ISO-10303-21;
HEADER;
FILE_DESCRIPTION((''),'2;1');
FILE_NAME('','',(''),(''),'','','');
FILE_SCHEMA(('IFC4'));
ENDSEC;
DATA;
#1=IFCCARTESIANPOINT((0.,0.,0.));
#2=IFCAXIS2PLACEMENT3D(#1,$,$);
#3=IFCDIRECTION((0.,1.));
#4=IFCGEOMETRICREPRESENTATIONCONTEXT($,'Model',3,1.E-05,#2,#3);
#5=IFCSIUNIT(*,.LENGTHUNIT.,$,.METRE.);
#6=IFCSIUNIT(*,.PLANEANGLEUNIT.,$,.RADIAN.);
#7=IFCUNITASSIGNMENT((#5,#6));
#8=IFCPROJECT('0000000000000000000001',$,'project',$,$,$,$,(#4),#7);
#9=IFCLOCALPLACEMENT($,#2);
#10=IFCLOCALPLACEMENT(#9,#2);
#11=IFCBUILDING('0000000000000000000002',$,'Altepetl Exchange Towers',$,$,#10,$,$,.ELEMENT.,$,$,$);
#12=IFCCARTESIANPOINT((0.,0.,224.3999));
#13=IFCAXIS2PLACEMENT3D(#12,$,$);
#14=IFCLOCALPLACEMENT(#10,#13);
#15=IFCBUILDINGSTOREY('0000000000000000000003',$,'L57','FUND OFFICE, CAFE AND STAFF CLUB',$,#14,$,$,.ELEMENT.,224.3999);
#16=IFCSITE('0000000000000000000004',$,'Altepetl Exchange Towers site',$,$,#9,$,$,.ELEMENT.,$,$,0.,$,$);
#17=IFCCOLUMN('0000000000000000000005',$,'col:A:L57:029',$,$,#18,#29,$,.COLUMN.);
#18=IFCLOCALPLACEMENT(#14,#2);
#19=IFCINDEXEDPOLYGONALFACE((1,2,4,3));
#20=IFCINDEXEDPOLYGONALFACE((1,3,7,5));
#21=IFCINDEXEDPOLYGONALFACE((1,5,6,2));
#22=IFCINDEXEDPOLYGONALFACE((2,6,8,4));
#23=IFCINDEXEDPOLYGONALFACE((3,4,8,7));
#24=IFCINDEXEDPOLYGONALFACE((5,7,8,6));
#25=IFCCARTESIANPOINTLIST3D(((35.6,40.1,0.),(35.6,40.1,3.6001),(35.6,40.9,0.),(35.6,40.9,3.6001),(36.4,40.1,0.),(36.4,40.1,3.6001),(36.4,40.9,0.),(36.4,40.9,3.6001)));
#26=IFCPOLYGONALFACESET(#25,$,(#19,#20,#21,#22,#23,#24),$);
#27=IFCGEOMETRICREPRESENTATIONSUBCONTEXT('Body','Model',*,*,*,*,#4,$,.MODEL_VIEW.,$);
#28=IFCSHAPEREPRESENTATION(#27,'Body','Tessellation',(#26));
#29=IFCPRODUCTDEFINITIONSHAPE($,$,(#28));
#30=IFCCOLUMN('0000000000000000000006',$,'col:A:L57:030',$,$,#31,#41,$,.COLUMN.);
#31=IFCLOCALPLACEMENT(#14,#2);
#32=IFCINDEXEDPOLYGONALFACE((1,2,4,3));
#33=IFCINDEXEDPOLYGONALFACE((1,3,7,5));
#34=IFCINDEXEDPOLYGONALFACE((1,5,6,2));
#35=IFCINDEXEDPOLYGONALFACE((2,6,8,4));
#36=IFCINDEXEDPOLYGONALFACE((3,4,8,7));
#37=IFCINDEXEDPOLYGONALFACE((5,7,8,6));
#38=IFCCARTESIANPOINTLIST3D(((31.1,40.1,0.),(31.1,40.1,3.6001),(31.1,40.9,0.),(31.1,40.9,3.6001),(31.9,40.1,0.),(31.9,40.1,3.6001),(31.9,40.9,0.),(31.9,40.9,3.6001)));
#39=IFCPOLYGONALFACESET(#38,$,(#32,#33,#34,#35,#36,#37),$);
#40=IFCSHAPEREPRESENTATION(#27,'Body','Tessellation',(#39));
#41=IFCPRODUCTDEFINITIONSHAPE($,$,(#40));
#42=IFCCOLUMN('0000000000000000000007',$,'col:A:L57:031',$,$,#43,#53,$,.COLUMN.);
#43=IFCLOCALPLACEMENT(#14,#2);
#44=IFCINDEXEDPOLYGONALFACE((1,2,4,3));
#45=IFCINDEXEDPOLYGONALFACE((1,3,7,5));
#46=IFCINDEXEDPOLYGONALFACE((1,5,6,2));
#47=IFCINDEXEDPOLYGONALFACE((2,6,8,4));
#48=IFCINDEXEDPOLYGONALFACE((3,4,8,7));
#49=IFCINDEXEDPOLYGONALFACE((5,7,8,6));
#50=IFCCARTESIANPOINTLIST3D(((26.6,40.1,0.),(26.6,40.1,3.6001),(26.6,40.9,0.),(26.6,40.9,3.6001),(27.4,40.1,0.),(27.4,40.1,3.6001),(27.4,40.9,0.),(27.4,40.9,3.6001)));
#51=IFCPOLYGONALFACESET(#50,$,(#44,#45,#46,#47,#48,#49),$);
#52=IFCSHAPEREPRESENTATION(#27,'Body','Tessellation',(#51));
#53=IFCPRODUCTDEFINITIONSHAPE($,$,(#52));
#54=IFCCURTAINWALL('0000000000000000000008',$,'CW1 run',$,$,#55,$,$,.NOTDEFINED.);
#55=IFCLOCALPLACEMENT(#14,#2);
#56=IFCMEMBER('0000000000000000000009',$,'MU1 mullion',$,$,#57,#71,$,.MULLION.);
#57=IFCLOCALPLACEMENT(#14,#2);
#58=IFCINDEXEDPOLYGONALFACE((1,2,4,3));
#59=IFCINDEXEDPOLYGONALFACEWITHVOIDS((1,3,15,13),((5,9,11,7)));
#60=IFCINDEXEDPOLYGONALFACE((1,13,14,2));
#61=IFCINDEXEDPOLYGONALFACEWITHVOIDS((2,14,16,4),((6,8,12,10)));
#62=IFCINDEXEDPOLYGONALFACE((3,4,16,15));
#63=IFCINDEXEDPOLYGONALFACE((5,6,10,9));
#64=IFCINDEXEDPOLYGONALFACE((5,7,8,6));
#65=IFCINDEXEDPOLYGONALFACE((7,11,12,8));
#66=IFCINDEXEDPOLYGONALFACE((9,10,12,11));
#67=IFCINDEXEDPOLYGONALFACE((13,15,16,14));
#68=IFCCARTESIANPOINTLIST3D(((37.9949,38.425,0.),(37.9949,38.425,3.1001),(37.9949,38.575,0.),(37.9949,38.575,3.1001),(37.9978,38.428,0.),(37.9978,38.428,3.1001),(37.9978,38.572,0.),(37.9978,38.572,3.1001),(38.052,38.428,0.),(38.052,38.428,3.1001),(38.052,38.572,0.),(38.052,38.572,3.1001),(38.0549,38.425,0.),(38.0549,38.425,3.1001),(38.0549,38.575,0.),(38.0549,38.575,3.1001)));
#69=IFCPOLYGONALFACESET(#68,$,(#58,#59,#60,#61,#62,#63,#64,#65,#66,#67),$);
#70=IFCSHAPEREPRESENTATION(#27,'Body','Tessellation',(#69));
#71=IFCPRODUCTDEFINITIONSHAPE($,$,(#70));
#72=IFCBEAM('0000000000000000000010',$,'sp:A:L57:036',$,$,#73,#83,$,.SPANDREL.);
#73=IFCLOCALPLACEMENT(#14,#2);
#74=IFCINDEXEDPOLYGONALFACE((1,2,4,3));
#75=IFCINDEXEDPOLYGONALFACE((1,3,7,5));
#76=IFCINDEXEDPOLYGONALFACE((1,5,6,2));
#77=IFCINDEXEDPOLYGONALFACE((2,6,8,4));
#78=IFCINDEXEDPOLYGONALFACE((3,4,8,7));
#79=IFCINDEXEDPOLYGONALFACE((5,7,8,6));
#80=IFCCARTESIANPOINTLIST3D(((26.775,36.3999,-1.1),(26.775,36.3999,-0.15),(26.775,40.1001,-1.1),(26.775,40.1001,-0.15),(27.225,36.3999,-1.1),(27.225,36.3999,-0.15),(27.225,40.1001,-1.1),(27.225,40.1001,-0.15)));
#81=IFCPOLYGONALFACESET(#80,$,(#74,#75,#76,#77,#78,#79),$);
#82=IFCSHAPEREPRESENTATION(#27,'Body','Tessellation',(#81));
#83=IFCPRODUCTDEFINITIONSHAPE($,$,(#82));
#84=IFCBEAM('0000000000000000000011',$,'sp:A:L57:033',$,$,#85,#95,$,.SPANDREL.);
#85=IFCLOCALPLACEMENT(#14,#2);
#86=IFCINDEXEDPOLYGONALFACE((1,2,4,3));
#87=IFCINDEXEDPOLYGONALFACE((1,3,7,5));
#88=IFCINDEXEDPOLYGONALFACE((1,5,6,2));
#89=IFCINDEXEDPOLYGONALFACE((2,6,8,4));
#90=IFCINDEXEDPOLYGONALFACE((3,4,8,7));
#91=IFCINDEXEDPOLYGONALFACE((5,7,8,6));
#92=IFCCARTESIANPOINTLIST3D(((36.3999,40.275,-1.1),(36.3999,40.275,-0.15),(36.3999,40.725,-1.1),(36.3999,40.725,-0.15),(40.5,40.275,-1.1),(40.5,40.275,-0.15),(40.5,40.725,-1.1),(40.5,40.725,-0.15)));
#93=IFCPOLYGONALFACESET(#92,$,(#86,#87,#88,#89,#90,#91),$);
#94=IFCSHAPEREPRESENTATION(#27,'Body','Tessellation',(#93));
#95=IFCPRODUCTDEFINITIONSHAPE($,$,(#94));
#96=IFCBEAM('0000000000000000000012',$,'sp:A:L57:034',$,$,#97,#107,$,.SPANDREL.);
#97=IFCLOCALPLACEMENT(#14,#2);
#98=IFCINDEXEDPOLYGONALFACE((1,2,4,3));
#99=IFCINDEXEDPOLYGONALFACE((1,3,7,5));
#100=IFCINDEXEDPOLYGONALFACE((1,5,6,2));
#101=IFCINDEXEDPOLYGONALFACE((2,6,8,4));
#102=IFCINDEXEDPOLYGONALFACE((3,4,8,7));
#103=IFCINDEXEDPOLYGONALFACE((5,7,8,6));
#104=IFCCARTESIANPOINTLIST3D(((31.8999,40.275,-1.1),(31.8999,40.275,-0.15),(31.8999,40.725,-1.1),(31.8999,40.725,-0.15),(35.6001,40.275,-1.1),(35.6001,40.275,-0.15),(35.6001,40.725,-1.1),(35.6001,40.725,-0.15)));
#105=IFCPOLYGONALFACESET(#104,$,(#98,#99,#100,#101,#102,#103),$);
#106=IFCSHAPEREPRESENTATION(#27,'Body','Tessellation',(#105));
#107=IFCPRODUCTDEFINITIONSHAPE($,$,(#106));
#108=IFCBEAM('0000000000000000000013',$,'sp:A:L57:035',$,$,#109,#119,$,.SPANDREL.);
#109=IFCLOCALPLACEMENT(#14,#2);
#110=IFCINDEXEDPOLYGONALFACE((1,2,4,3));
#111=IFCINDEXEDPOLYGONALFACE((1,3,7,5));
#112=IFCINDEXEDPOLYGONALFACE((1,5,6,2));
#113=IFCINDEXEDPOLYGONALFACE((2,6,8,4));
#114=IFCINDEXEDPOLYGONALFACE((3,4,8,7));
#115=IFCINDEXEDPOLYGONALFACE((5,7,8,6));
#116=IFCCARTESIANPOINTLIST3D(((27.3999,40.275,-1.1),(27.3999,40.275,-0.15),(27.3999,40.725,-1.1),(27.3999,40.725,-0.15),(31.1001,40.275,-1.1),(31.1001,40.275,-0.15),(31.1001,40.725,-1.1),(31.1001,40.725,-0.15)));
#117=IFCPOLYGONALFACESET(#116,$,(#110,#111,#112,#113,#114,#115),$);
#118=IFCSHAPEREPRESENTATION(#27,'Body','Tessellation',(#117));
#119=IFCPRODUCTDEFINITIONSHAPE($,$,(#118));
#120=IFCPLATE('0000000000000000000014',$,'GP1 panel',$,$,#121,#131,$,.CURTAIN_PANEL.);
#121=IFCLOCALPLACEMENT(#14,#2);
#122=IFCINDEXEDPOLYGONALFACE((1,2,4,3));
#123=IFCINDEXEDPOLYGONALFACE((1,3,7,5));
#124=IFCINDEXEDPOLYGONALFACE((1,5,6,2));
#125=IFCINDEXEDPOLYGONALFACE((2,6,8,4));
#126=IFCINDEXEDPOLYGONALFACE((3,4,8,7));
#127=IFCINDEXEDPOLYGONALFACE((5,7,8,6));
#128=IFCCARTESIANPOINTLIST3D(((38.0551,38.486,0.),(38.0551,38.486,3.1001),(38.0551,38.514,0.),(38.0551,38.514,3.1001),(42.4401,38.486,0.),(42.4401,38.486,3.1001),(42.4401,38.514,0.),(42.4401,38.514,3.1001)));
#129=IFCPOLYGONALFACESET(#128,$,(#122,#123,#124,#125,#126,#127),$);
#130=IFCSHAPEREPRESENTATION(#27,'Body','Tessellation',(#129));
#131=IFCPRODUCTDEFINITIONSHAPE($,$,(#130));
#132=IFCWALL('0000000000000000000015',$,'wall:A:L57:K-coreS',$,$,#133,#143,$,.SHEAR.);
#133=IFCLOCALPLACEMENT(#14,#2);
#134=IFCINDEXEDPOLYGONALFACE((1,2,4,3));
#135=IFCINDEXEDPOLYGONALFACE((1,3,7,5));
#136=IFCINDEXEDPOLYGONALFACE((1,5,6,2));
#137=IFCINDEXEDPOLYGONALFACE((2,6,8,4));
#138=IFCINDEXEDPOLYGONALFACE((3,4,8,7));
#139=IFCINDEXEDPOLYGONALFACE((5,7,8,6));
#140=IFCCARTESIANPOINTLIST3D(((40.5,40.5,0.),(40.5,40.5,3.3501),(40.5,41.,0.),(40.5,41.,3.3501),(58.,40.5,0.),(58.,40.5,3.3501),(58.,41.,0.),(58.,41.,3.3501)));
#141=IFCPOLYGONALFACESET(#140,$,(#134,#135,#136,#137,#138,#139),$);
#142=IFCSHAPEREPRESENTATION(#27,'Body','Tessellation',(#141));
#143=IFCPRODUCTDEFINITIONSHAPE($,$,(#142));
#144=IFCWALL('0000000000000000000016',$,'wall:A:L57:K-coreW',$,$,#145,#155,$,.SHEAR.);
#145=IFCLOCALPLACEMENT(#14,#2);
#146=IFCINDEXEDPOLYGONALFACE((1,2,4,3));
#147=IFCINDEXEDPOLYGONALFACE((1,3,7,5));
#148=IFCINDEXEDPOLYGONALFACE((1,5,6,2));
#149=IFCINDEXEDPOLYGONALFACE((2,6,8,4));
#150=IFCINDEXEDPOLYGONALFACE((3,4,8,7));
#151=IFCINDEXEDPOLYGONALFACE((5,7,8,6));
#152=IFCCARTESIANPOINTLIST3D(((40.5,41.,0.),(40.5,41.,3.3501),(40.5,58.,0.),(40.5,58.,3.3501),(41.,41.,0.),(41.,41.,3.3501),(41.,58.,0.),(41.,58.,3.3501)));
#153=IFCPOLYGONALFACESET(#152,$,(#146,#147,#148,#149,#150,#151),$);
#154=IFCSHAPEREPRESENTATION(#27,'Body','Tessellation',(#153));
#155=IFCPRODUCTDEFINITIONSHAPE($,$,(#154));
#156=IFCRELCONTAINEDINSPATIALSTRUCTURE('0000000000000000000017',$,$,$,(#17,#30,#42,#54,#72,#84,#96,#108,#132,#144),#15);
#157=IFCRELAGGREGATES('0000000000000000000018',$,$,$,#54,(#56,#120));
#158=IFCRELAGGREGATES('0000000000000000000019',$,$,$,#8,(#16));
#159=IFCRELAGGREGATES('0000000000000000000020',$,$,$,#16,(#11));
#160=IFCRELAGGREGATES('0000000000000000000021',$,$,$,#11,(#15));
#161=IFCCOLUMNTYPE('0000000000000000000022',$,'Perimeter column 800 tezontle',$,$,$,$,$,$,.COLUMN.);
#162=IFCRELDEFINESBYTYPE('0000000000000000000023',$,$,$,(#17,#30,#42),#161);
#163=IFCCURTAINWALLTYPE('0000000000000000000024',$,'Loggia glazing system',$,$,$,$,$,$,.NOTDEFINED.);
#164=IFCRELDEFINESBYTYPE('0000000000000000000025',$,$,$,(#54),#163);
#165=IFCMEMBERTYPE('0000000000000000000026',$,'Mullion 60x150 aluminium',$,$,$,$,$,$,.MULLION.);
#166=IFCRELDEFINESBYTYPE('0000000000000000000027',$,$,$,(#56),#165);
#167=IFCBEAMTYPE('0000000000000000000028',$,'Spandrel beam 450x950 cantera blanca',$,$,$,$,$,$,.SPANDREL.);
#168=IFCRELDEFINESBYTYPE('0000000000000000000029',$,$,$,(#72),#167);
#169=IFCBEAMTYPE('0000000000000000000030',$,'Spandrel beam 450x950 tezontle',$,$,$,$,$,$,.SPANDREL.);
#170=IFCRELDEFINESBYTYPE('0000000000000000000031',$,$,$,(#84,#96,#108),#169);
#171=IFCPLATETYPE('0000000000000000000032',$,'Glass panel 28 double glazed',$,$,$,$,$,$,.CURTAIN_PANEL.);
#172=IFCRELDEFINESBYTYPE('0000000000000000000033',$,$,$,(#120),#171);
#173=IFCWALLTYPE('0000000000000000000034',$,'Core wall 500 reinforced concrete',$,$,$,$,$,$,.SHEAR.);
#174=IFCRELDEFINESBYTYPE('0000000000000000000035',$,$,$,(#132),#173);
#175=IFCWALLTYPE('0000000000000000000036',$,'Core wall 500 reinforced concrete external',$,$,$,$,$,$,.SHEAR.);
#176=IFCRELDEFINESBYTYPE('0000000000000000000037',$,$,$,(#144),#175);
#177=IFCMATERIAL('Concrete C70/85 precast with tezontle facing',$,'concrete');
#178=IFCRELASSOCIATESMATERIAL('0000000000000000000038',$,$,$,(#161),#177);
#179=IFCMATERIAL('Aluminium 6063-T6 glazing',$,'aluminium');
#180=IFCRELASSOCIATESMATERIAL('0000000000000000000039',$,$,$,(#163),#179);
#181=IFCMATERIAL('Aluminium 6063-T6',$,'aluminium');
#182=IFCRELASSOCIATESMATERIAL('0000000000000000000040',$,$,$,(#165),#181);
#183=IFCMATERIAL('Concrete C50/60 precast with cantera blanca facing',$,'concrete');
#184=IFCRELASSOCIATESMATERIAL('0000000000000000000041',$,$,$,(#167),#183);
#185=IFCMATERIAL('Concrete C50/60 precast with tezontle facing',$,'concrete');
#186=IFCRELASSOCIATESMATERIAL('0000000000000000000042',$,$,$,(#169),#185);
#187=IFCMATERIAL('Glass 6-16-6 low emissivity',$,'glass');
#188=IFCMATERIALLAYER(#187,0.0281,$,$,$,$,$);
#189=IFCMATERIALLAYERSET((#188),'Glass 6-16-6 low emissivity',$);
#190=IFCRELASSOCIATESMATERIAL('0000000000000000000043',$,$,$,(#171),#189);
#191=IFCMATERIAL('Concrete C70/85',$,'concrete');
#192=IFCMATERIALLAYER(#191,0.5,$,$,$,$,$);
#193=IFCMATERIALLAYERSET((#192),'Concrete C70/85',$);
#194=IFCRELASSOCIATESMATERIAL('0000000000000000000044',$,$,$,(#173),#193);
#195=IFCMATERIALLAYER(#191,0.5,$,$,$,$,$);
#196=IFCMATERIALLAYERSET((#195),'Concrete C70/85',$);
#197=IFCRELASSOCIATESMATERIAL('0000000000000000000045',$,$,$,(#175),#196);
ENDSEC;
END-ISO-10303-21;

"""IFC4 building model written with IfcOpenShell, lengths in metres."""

from ifc_helpers import new_model, si_unit, direction, frame, frame_2d, origin, origin_2d, place, context, subcontext, project, spatial, rectangle, hollow_rectangle, extrude, material, layer, layer_set, material_profile, profile_set, type_object, element, aggregate, save


model = new_model("IFC4")

# Units and contexts
model_context = context("Model", 3, precision=1e-05, world=origin(), true_north=direction((0.0, 1.0)))
body_context = subcontext(model_context, "Body", "Model", "MODEL_VIEW")
ifc_project = project(units=[si_unit("LENGTHUNIT", "METRE"), si_unit("PLANEANGLEUNIT", "RADIAN")], contexts=[model_context])

# Site, building, storey
site_placement = place(None, origin())
site = spatial("IfcSite", under=ifc_project, at=site_placement, Name="Altepetl Exchange Towers site", CompositionType="ELEMENT", RefElevation=0.0)
building_placement = place(site_placement, origin())
building = spatial("IfcBuilding", under=site, at=building_placement, Name="Altepetl Exchange Towers", CompositionType="ELEMENT")
storey_placement = place(building_placement, frame((0.0, 0.0, 224.3999)))
storey = spatial("IfcBuildingStorey", under=building, at=storey_placement, Name="L57", Description="FUND OFFICE, CAFE AND STAFF CLUB", CompositionType="ELEMENT", Elevation=224.3999)

# Columns
ifc_material_1 = material(Name="Concrete C70/85 precast with tezontle facing", Category="concrete")
ifc_material_profile_1 = material_profile(ifc_material_1, rectangle(XDim=0.8, YDim=0.8, at=origin_2d()), Name="800 x 800")
ifc_profile_set_1 = profile_set([ifc_material_profile_1], Name="Concrete C70/85 precast with tezontle facing")
column_type = type_object("IfcColumnType", Name="Perimeter column 800 tezontle", PredefinedType="COLUMN", material=ifc_profile_set_1)
for number, where, name in (
    (1, (36.0, 40.5, 0.0), "col:A:L57:029"),
    (2, (31.5, 40.5, 0.0), "col:A:L57:030"),
    (3, (27.0, 40.5, 0.0), "col:A:L57:031"),
):
    element("IfcColumn", number, at=place(storey_placement, frame(where)), inside=storey, type_object=column_type, Name=name, PredefinedType="COLUMN", context=body_context, shape_type="SweptSolid", body=[
        extrude(rectangle(XDim=0.8, YDim=0.8, at=origin_2d()), origin(), (0.0, 0.0, 1.0), 3.6001),
    ])

# Curtain wall, member
ifc_material_2 = material(Name="Aluminium 6063-T6 glazing", Category="aluminium")
curtain_wall_type = type_object("IfcCurtainWallType", Name="Loggia glazing system", PredefinedType="NOTDEFINED", material=ifc_material_2)
curtain_wall_placement = place(storey_placement, origin())
curtain_wall = element("IfcCurtainWall", 4, at=curtain_wall_placement, inside=storey, type_object=curtain_wall_type, Name="CW1 run", PredefinedType="NOTDEFINED")
ifc_material_3 = material(Name="Aluminium 6063-T6", Category="aluminium")
ifc_material_profile_2 = material_profile(ifc_material_3, hollow_rectangle(XDim=0.0601, YDim=0.1499, WallThickness=0.0029, at=origin_2d()), Name="Mullion 60x150 aluminium")
ifc_profile_set_2 = profile_set([ifc_material_profile_2], Name="Aluminium 6063-T6")
member_type = type_object("IfcMemberType", Name="Mullion 60x150 aluminium", PredefinedType="MULLION", material=ifc_profile_set_2)
member_placement = place(storey_placement, frame((38.0249, 38.5, 0.0), z_axis=(0.0, 0.0, 1.0), x_axis=(-1.0, 0.0, 0.0)))
member = element("IfcMember", 5, at=member_placement, type_object=member_type, Name="MU1 mullion", PredefinedType="MULLION", context=body_context, shape_type="SweptSolid", body=[
    extrude(hollow_rectangle(XDim=0.0601, YDim=0.1499, WallThickness=0.0029, at=origin_2d()), origin(), (0.0, 0.0, 1.0), 3.1001),
])

# Beams
ifc_material_4 = material(Name="Concrete C50/60 precast with cantera blanca facing", Category="concrete")
ifc_material_profile_3 = material_profile(ifc_material_4, rectangle(XDim=0.45, YDim=0.95, at=origin_2d()), Name="450 x 950")
ifc_profile_set_3 = profile_set([ifc_material_profile_3], Name="Concrete C50/60 precast with cantera blanca facing")
beam_type_1 = type_object("IfcBeamType", Name="Spandrel beam 450x950 cantera blanca", PredefinedType="SPANDREL", material=ifc_profile_set_3)
beam_1_placement = place(storey_placement, frame((27.0, 40.1001, -0.625), z_axis=(0.0, -1.0, 0.0), x_axis=(1.0, 0.0, 0.0)))
element("IfcBeam", 6, at=beam_1_placement, inside=storey, type_object=beam_type_1, Name="sp:A:L57:036", PredefinedType="SPANDREL", context=body_context, shape_type="SweptSolid", body=[
    extrude(rectangle(XDim=0.45, YDim=0.95, at=origin_2d()), origin(), (0.0, 0.0, 1.0), 3.7002),
])
ifc_material_5 = material(Name="Concrete C50/60 precast with tezontle facing", Category="concrete")
ifc_material_profile_4 = material_profile(ifc_material_5, rectangle(XDim=0.45, YDim=0.95, at=origin_2d()), Name="450 x 950")
ifc_profile_set_4 = profile_set([ifc_material_profile_4], Name="Concrete C50/60 precast with tezontle facing")
beam_type_2 = type_object("IfcBeamType", Name="Spandrel beam 450x950 tezontle", PredefinedType="SPANDREL", material=ifc_profile_set_4)
beam_2_placement = place(storey_placement, frame((40.5, 40.5, -0.625), z_axis=(-1.0, 0.0, 0.0), x_axis=(0.0, -1.0, 0.0)))
element("IfcBeam", 7, at=beam_2_placement, inside=storey, type_object=beam_type_2, Name="sp:A:L57:033", PredefinedType="SPANDREL", context=body_context, shape_type="SweptSolid", body=[
    extrude(rectangle(XDim=0.45, YDim=0.95, at=origin_2d()), origin(), (0.0, 0.0, 1.0), 4.1001),
])
for number, where, z_axis, x_axis, name in (
    (8, (35.6001, 40.5, -0.625), (-1.0, 0.0, 0.0), (0.0, -1.0, 0.0), "sp:A:L57:034"),
    (9, (31.1001, 40.5, -0.625), (-1.0, 0.0, 0.0), (0.0, -1.0, 0.0), "sp:A:L57:035"),
):
    element("IfcBeam", number, at=place(storey_placement, frame(where, z_axis=z_axis, x_axis=x_axis)), inside=storey, type_object=beam_type_2, Name=name, PredefinedType="SPANDREL", context=body_context, shape_type="SweptSolid", body=[
        extrude(rectangle(XDim=0.45, YDim=0.95, at=origin_2d()), origin(), (0.0, 0.0, 1.0), 3.7002),
    ])

# Plate
ifc_material_6 = material(Name="Glass 6-16-6 low emissivity", Category="glass")
ifc_layer_1 = layer(ifc_material_6, 0.0281)
ifc_layer_set_1 = layer_set([ifc_layer_1], Name="Glass 6-16-6 low emissivity")
plate_type = type_object("IfcPlateType", Name="Glass panel 28 double glazed", PredefinedType="CURTAIN_PANEL", material=ifc_layer_set_1)
plate_placement = place(storey_placement, frame((40.2476, 38.5, 0.0), z_axis=(0.0, 0.0, 1.0), x_axis=(-1.0, 0.0, 0.0)))
plate = element("IfcPlate", 10, at=plate_placement, type_object=plate_type, Name="GP1 panel", PredefinedType="CURTAIN_PANEL", context=body_context, shape_type="SweptSolid", body=[
    extrude(rectangle(XDim=4.385, YDim=0.0281, at=origin_2d()), origin(), (0.0, 0.0, 1.0), 3.1001),
])
aggregate(curtain_wall, [member, plate])

# Walls
ifc_material_7 = material(Name="Concrete C70/85", Category="concrete")
ifc_layer_2 = layer(ifc_material_7, 0.5)
ifc_layer_set_2 = layer_set([ifc_layer_2], Name="Concrete C70/85")
wall_type_1 = type_object("IfcWallType", Name="Core wall 500 reinforced concrete", PredefinedType="SHEAR", material=ifc_layer_set_2)
wall_1_placement = place(storey_placement, frame((40.5, 40.75, 0.0)))
element("IfcWall", 11, at=wall_1_placement, inside=storey, type_object=wall_type_1, Name="wall:A:L57:K-coreS", PredefinedType="SHEAR", context=body_context, shape_type="SweptSolid", body=[
    extrude(rectangle(XDim=17.5, YDim=0.5, at=frame_2d((8.75, 0.0))), origin(), (0.0, 0.0, 1.0), 3.3501),
])
ifc_layer_3 = layer(ifc_material_7, 0.5)
ifc_layer_set_3 = layer_set([ifc_layer_3], Name="Concrete C70/85")
wall_type_2 = type_object("IfcWallType", Name="Core wall 500 reinforced concrete external", PredefinedType="SHEAR", material=ifc_layer_set_3)
wall_2_placement = place(storey_placement, frame((40.75, 41.0, 0.0), z_axis=(0.0, 0.0, 1.0), x_axis=(0.0, 1.0, 0.0)))
element("IfcWall", 12, at=wall_2_placement, inside=storey, type_object=wall_type_2, Name="wall:A:L57:K-coreW", PredefinedType="SHEAR", context=body_context, shape_type="SweptSolid", body=[
    extrude(rectangle(XDim=17.0, YDim=0.5, at=frame_2d((8.5, 0.0))), origin(), (0.0, 0.0, 1.0), 3.3501),
])

save(model, "model.ifc")
